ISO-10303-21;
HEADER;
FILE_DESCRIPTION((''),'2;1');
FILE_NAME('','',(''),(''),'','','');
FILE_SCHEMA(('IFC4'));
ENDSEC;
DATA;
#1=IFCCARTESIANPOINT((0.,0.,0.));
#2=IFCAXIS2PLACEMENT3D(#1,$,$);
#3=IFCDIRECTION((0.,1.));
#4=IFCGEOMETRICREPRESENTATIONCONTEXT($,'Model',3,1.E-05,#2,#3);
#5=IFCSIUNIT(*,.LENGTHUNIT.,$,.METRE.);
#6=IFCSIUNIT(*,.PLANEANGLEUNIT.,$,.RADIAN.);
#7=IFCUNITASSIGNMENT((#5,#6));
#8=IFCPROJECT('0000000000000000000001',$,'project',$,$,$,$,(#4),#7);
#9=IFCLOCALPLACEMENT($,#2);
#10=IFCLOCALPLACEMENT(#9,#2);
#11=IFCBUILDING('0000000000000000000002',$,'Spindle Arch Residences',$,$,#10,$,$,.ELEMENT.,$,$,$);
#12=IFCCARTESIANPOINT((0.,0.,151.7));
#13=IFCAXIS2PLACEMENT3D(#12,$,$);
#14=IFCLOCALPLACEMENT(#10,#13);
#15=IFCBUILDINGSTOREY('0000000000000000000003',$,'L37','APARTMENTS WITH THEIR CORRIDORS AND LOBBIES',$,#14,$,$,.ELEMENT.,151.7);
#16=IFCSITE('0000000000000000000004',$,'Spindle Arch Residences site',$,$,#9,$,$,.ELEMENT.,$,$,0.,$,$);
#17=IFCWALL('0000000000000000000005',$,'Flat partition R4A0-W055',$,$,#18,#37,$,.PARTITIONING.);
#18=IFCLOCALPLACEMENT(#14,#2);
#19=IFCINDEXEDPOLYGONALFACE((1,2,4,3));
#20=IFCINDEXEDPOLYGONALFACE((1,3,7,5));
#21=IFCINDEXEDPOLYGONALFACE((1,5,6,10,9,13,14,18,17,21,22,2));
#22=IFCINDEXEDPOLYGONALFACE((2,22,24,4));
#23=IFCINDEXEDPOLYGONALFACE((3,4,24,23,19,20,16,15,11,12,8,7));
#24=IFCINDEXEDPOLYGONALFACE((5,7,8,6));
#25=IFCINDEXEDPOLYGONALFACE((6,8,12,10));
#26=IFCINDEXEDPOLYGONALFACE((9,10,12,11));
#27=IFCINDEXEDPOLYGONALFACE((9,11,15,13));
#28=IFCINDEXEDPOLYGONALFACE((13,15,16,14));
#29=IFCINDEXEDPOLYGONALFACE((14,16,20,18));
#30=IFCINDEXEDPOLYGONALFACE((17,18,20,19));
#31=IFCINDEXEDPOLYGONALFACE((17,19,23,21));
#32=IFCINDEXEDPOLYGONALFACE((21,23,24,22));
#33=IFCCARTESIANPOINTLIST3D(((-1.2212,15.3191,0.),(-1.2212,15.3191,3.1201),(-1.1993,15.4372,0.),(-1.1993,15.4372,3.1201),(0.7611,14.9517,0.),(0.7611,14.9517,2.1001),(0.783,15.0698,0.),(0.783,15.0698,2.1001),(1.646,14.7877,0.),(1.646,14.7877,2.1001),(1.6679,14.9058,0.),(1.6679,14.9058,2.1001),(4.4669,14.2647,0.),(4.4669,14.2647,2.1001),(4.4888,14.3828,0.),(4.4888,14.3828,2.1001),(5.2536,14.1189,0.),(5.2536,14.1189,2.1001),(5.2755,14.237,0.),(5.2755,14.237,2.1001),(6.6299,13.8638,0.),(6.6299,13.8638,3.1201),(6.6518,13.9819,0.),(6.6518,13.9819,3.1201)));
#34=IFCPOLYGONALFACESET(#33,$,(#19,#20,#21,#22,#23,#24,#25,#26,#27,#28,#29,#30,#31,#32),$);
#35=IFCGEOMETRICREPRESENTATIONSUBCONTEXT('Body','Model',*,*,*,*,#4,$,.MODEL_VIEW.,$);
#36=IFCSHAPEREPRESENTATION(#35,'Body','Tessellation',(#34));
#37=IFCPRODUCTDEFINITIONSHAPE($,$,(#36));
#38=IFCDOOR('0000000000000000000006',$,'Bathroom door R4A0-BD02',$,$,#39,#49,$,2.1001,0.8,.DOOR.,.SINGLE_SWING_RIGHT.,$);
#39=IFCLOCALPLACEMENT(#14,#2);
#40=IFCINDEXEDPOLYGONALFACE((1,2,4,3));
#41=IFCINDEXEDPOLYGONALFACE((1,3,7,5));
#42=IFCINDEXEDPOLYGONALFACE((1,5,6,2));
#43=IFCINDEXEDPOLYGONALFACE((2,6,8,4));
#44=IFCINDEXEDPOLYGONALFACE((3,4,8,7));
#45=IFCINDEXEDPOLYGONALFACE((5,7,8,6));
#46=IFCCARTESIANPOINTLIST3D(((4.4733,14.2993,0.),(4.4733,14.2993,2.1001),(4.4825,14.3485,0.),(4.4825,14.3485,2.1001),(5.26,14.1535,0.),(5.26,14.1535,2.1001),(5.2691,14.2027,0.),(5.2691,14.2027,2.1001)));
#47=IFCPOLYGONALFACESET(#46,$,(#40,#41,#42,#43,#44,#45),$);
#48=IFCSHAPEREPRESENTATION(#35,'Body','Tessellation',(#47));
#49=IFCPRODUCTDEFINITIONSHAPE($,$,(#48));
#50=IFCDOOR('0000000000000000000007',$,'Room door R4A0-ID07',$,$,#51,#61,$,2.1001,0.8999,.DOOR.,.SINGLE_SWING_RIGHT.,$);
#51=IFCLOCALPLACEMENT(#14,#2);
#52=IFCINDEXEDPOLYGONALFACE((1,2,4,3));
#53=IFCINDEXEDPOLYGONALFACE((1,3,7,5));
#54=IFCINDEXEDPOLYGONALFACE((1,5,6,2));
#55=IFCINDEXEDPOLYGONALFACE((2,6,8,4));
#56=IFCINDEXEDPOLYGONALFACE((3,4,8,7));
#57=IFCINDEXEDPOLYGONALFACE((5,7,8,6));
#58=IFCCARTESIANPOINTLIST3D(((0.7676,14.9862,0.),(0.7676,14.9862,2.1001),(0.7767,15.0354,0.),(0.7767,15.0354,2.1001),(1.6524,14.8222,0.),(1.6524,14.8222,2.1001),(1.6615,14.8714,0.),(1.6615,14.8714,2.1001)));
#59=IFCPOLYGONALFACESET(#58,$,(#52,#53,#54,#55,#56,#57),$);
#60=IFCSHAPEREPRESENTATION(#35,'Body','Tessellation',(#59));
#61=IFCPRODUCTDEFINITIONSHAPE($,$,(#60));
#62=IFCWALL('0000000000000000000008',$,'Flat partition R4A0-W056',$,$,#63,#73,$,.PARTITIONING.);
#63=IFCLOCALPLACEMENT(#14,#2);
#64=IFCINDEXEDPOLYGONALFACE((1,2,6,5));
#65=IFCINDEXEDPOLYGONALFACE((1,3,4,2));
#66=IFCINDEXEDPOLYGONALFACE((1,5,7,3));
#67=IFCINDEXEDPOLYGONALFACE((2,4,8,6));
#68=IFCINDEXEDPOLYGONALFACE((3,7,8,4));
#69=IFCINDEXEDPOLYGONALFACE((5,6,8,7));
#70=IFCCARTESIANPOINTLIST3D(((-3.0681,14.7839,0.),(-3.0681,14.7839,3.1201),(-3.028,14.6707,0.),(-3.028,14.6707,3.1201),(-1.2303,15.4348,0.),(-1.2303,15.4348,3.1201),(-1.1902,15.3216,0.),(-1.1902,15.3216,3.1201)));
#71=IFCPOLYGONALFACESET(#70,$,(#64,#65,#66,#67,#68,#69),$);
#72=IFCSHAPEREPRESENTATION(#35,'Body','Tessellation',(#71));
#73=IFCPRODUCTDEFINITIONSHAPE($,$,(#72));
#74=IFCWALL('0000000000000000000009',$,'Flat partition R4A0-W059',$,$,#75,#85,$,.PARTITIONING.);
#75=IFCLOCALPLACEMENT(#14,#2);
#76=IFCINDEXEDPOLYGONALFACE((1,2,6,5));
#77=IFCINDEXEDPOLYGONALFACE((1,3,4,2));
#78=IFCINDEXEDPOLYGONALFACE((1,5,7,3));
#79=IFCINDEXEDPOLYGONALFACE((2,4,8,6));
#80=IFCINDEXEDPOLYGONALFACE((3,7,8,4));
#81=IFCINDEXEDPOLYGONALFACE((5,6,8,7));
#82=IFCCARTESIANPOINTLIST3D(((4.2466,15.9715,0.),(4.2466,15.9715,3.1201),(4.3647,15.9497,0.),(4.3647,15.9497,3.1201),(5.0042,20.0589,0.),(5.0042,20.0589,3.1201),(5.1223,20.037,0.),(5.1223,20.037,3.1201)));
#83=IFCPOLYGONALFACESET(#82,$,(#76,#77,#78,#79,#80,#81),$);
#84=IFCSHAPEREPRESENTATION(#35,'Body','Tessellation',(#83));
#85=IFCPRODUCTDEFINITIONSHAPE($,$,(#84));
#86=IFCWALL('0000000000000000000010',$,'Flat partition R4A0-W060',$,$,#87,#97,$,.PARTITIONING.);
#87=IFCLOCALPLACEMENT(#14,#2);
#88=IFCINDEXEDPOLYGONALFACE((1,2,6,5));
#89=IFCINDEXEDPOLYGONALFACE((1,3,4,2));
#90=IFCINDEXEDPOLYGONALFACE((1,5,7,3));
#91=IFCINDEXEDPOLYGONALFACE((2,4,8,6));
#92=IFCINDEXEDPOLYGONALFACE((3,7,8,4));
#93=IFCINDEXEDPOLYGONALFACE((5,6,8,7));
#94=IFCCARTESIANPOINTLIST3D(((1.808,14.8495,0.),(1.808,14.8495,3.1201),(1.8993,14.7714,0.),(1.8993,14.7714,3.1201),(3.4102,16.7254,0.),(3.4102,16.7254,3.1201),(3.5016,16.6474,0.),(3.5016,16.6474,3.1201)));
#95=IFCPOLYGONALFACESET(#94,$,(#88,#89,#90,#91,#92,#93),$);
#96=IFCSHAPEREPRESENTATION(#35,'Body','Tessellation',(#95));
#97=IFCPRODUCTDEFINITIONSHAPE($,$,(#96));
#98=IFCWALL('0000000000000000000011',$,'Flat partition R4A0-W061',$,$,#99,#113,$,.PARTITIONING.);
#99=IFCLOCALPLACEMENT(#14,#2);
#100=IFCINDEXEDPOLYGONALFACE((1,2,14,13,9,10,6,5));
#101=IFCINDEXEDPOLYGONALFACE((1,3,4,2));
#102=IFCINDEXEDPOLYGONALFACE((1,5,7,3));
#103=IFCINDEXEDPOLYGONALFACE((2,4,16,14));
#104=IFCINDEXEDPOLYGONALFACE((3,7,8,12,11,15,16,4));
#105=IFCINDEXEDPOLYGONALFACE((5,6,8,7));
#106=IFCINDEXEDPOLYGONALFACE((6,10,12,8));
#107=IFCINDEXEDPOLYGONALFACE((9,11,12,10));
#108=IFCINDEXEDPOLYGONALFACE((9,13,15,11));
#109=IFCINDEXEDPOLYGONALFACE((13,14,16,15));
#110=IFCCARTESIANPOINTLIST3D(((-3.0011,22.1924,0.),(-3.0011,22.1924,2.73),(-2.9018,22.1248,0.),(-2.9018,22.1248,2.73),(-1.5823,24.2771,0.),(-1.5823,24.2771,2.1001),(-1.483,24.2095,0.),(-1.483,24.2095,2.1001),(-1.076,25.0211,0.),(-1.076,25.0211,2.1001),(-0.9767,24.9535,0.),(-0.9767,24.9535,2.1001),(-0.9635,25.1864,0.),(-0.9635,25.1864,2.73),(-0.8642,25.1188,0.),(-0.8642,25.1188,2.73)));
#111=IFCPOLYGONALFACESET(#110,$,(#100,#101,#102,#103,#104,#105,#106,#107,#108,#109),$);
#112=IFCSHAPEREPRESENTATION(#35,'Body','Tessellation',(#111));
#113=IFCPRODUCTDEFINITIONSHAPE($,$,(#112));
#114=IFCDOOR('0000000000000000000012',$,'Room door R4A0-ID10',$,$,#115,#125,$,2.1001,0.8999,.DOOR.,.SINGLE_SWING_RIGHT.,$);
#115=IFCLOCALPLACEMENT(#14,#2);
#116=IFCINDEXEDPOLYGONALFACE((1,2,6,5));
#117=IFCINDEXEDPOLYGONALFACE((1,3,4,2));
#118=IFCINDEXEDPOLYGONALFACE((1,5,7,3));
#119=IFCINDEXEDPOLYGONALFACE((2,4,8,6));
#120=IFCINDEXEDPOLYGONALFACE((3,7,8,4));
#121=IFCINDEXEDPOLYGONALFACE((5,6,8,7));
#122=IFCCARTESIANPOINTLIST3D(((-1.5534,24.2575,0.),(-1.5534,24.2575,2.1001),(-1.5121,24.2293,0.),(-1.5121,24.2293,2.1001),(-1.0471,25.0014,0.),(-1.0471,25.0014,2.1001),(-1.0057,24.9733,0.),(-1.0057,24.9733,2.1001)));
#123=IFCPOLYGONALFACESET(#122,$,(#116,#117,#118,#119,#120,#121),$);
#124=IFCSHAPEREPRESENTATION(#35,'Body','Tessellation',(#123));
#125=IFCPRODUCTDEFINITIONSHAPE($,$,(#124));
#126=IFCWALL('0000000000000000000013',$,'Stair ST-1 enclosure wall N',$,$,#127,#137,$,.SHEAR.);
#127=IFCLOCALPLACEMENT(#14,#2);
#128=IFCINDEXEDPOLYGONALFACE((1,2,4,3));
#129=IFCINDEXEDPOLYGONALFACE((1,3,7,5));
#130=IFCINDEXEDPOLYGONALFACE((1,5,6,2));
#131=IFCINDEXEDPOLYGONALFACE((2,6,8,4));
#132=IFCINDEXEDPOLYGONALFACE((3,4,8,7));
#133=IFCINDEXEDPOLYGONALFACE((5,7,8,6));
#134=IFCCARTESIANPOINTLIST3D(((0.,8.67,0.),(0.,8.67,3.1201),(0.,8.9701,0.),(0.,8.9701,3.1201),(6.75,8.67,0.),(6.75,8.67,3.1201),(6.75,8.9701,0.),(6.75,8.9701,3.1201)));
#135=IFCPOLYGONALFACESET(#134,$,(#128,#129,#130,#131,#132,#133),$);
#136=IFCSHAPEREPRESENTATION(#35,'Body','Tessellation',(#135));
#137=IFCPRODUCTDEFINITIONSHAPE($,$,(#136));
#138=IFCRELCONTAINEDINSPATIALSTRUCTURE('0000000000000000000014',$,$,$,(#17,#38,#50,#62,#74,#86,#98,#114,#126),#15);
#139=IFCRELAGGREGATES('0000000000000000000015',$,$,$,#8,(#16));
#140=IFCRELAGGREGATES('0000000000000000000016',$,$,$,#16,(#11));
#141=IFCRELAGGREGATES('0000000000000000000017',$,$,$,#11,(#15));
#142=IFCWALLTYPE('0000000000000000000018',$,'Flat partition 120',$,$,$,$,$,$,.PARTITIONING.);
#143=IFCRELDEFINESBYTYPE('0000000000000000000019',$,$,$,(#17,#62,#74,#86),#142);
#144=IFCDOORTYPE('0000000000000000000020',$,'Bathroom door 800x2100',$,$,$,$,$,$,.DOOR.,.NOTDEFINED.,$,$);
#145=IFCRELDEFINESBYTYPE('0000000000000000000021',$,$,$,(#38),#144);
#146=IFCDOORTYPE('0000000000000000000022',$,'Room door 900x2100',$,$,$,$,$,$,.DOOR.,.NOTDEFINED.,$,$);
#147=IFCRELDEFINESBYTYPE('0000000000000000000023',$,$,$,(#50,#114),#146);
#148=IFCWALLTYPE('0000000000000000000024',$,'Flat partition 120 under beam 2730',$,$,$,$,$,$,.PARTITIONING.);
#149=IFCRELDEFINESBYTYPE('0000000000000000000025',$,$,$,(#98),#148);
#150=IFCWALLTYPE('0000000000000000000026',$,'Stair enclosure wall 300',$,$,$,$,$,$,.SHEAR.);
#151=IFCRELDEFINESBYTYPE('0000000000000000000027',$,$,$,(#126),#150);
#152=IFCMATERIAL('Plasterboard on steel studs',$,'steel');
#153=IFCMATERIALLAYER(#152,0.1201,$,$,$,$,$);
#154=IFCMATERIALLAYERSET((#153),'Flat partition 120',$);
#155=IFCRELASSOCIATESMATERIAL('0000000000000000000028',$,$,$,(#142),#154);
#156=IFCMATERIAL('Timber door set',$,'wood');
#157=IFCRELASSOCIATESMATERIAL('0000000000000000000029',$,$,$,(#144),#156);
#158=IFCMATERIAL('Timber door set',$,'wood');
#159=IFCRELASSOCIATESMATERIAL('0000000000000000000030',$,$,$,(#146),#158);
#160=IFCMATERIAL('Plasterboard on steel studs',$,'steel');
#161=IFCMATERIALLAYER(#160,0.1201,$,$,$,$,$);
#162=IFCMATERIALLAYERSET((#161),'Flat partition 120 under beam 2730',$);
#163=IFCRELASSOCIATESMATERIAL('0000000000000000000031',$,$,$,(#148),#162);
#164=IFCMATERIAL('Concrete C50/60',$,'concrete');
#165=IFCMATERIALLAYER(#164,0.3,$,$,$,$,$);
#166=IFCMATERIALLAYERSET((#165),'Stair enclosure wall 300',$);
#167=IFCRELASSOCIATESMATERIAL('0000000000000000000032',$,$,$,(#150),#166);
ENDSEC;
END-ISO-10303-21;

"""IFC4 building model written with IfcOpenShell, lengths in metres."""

from ifc_helpers import new_model, si_unit, direction, frame, frame_2d, origin, place, context, subcontext, project, spatial, rectangle, extrude, material, layer, layer_set, type_object, element, fill, save


model = new_model("IFC4")

# Units and contexts
model_context = context("Model", 3, precision=1e-05, world=origin(), true_north=direction((0.0, 1.0)))
body_context = subcontext(model_context, "Body", "Model", "MODEL_VIEW")
ifc_project = project(units=[si_unit("LENGTHUNIT", "METRE"), si_unit("PLANEANGLEUNIT", "RADIAN")], contexts=[model_context])

# Site, building, storey
site_placement = place(None, origin())
site = spatial("IfcSite", under=ifc_project, at=site_placement, Name="Spindle Arch Residences site", CompositionType="ELEMENT", RefElevation=0.0)
building_placement = place(site_placement, origin())
building = spatial("IfcBuilding", under=site, at=building_placement, Name="Spindle Arch Residences", CompositionType="ELEMENT")
storey_placement = place(building_placement, frame((0.0, 0.0, 151.7)))
storey = spatial("IfcBuildingStorey", under=building, at=storey_placement, Name="L37", Description="APARTMENTS WITH THEIR CORRIDORS AND LOBBIES", CompositionType="ELEMENT", Elevation=151.7)

# Wall, openings, doors
ifc_material_1 = material(Name="Plasterboard on steel studs", Category="steel")
ifc_layer_1 = layer(ifc_material_1, 0.1201)
ifc_layer_set_1 = layer_set([ifc_layer_1], Name="Flat partition 120")
wall_type_1 = type_object("IfcWallType", Name="Flat partition 120", PredefinedType="PARTITIONING", material=ifc_layer_set_1)
wall_1_placement = place(storey_placement, frame((6.6409, 13.9229, 0.0), z_axis=(0.0, 0.0, 1.0), x_axis=(-0.98325, 0.182261, 0.0)))
wall_1 = element("IfcWall", 1, at=wall_1_placement, inside=storey, type_object=wall_type_1, Name="Flat partition R4A0-W055", PredefinedType="PARTITIONING", context=body_context, shape_type="SweptSolid", body=[
    extrude(rectangle(XDim=7.9849, YDim=0.1201, at=frame_2d((3.9924, 0.0))), origin(), (0.0, 0.0, 1.0), 3.1201),
])
opening_1_placement = place(wall_1_placement, frame((1.3999, 0.0, 0.0)))
opening_1 = element("IfcOpeningElement", 2, at=opening_1_placement, cuts=wall_1, PredefinedType="OPENING", context=body_context, shape_type="SweptSolid", body=[
    extrude(rectangle(XDim=0.8, YDim=2.1001, at=frame_2d((0.3999, 1.05))), frame((0.0, 0.0701, 0.0), z_axis=(0.0, -1.0, 0.0), x_axis=(1.0, 0.0, 0.0)), (0.0, 0.0, 1.0), 0.1401),
])
opening_2_placement = place(wall_1_placement, frame((5.0688, 0.0, 0.0)))
opening_2 = element("IfcOpeningElement", 3, at=opening_2_placement, cuts=wall_1, PredefinedType="OPENING", context=body_context, shape_type="SweptSolid", body=[
    extrude(rectangle(XDim=0.8999, YDim=2.1001, at=frame_2d((0.45, 1.05))), frame((0.0, 0.0701, 0.0), z_axis=(0.0, -1.0, 0.0), x_axis=(1.0, 0.0, 0.0)), (0.0, 0.0, 1.0), 0.1401),
])
ifc_material_2 = material(Name="Timber door set", Category="wood")
door_type_1 = type_object("IfcDoorType", Name="Bathroom door 800x2100", OperationType="NOTDEFINED", PredefinedType="DOOR", material=ifc_material_2)
door_1_placement = place(opening_1_placement, origin())
door_1 = element("IfcDoor", 4, at=door_1_placement, inside=storey, type_object=door_type_1, Name="Bathroom door R4A0-BD02", OperationType="SINGLE_SWING_RIGHT", OverallHeight=2.1001, OverallWidth=0.8, PredefinedType="DOOR", context=body_context, shape_type="SweptSolid", body=[
    extrude(rectangle(XDim=0.8, YDim=2.1001, at=frame_2d((0.3999, 1.05))), frame((0.0, 0.0249, 0.0), z_axis=(0.0, -1.0, 0.0), x_axis=(1.0, 0.0, 0.0)), (0.0, 0.0, 1.0), 0.05),
])
fill(opening_1, door_1)
ifc_material_3 = material(Name="Timber door set", Category="wood")
door_type_2 = type_object("IfcDoorType", Name="Room door 900x2100", OperationType="NOTDEFINED", PredefinedType="DOOR", material=ifc_material_3)
door_2_placement = place(opening_2_placement, origin())
door_2 = element("IfcDoor", 5, at=door_2_placement, inside=storey, type_object=door_type_2, Name="Room door R4A0-ID07", OperationType="SINGLE_SWING_RIGHT", OverallHeight=2.1001, OverallWidth=0.8999, PredefinedType="DOOR", context=body_context, shape_type="SweptSolid", body=[
    extrude(rectangle(XDim=0.8999, YDim=2.1001, at=frame_2d((0.45, 1.05))), frame((0.0, 0.0249, 0.0), z_axis=(0.0, -1.0, 0.0), x_axis=(1.0, 0.0, 0.0)), (0.0, 0.0, 1.0), 0.05),
])
fill(opening_2, door_2)

# Walls
wall_2_placement = place(storey_placement, frame((-1.2102, 15.3782, 0.0), z_axis=(0.0, 0.0, 1.0), x_axis=(-0.942634, -0.333829, 0.0)))
element("IfcWall", 6, at=wall_2_placement, inside=storey, type_object=wall_type_1, Name="Flat partition R4A0-W056", PredefinedType="PARTITIONING", context=body_context, shape_type="SweptSolid", body=[
    extrude(rectangle(XDim=1.9497, YDim=0.1201, at=frame_2d((0.9749, 0.0))), origin(), (0.0, 0.0, 1.0), 3.1201),
])
wall_3_placement = place(storey_placement, frame((5.0632, 20.0481, 0.0), z_axis=(0.0, 0.0, 1.0), x_axis=(-0.182239, -0.983254, 0.0)))
element("IfcWall", 7, at=wall_3_placement, inside=storey, type_object=wall_type_1, Name="Flat partition R4A0-W059", PredefinedType="PARTITIONING", context=body_context, shape_type="SweptSolid", body=[
    extrude(rectangle(XDim=4.157, YDim=0.1201, at=frame_2d((2.0786, 0.0))), origin(), (0.0, 0.0, 1.0), 3.1201),
])
wall_4_placement = place(storey_placement, frame((3.4558, 16.6863, 0.0), z_axis=(0.0, 0.0, 1.0), x_axis=(-0.649462, -0.760394, 0.0)))
element("IfcWall", 8, at=wall_4_placement, inside=storey, type_object=wall_type_1, Name="Flat partition R4A0-W060", PredefinedType="PARTITIONING", context=body_context, shape_type="SweptSolid", body=[
    extrude(rectangle(XDim=2.467, YDim=0.1201, at=frame_2d((1.2334, 0.0))), origin(), (0.0, 0.0, 1.0), 3.1201),
])

# Wall, opening, door
ifc_material_4 = material(Name="Plasterboard on steel studs", Category="steel")
ifc_layer_2 = layer(ifc_material_4, 0.1201)
ifc_layer_set_2 = layer_set([ifc_layer_2], Name="Flat partition 120 under beam 2730")
wall_type_2 = type_object("IfcWallType", Name="Flat partition 120 under beam 2730", PredefinedType="PARTITIONING", material=ifc_layer_set_2)
wall_5_placement = place(storey_placement, frame((-0.9138, 25.1526, 0.0), z_axis=(0.0, 0.0, 1.0), x_axis=(-0.56264, -0.826702, 0.0)))
wall_5 = element("IfcWall", 9, at=wall_5_placement, inside=storey, type_object=wall_type_2, Name="Flat partition R4A0-W061", PredefinedType="PARTITIONING", context=body_context, shape_type="SweptSolid", body=[
    extrude(rectangle(XDim=3.6216, YDim=0.1201, at=frame_2d((1.8108, 0.0))), origin(), (0.0, 0.0, 1.0), 2.73),
])
opening_3_placement = place(wall_5_placement, frame((0.2, 0.0, 0.0)))
opening_3 = element("IfcOpeningElement", 10, at=opening_3_placement, cuts=wall_5, PredefinedType="OPENING", context=body_context, shape_type="SweptSolid", body=[
    extrude(rectangle(XDim=0.8999, YDim=2.1001, at=frame_2d((0.45, 1.05))), frame((0.0, 0.0701, 0.0), z_axis=(0.0, -1.0, 0.0), x_axis=(1.0, 0.0, 0.0)), (0.0, 0.0, 1.0), 0.1401),
])
door_3_placement = place(opening_3_placement, origin())
door_3 = element("IfcDoor", 11, at=door_3_placement, inside=storey, type_object=door_type_2, Name="Room door R4A0-ID10", OperationType="SINGLE_SWING_RIGHT", OverallHeight=2.1001, OverallWidth=0.8999, PredefinedType="DOOR", context=body_context, shape_type="SweptSolid", body=[
    extrude(rectangle(XDim=0.8999, YDim=2.1001, at=frame_2d((0.45, 1.05))), frame((0.0, 0.0249, 0.0), z_axis=(0.0, -1.0, 0.0), x_axis=(1.0, 0.0, 0.0)), (0.0, 0.0, 1.0), 0.05),
])
fill(opening_3, door_3)

# Wall
ifc_material_5 = material(Name="Concrete C50/60", Category="concrete")
ifc_layer_3 = layer(ifc_material_5, 0.3)
ifc_layer_set_3 = layer_set([ifc_layer_3], Name="Stair enclosure wall 300")
wall_type_3 = type_object("IfcWallType", Name="Stair enclosure wall 300", PredefinedType="SHEAR", material=ifc_layer_set_3)
wall_6_placement = place(storey_placement, frame((0.0, 8.8201, 0.0), z_axis=(0.0, 0.0, 1.0), x_axis=(1.0, 0.0, 0.0)))
element("IfcWall", 12, at=wall_6_placement, inside=storey, type_object=wall_type_3, Name="Stair ST-1 enclosure wall N", PredefinedType="SHEAR", context=body_context, shape_type="SweptSolid", body=[
    extrude(rectangle(XDim=6.75, YDim=0.3, at=frame_2d((3.375, 0.0))), origin(), (0.0, 0.0, 1.0), 3.1201),
])

save(model, "model.ifc")
